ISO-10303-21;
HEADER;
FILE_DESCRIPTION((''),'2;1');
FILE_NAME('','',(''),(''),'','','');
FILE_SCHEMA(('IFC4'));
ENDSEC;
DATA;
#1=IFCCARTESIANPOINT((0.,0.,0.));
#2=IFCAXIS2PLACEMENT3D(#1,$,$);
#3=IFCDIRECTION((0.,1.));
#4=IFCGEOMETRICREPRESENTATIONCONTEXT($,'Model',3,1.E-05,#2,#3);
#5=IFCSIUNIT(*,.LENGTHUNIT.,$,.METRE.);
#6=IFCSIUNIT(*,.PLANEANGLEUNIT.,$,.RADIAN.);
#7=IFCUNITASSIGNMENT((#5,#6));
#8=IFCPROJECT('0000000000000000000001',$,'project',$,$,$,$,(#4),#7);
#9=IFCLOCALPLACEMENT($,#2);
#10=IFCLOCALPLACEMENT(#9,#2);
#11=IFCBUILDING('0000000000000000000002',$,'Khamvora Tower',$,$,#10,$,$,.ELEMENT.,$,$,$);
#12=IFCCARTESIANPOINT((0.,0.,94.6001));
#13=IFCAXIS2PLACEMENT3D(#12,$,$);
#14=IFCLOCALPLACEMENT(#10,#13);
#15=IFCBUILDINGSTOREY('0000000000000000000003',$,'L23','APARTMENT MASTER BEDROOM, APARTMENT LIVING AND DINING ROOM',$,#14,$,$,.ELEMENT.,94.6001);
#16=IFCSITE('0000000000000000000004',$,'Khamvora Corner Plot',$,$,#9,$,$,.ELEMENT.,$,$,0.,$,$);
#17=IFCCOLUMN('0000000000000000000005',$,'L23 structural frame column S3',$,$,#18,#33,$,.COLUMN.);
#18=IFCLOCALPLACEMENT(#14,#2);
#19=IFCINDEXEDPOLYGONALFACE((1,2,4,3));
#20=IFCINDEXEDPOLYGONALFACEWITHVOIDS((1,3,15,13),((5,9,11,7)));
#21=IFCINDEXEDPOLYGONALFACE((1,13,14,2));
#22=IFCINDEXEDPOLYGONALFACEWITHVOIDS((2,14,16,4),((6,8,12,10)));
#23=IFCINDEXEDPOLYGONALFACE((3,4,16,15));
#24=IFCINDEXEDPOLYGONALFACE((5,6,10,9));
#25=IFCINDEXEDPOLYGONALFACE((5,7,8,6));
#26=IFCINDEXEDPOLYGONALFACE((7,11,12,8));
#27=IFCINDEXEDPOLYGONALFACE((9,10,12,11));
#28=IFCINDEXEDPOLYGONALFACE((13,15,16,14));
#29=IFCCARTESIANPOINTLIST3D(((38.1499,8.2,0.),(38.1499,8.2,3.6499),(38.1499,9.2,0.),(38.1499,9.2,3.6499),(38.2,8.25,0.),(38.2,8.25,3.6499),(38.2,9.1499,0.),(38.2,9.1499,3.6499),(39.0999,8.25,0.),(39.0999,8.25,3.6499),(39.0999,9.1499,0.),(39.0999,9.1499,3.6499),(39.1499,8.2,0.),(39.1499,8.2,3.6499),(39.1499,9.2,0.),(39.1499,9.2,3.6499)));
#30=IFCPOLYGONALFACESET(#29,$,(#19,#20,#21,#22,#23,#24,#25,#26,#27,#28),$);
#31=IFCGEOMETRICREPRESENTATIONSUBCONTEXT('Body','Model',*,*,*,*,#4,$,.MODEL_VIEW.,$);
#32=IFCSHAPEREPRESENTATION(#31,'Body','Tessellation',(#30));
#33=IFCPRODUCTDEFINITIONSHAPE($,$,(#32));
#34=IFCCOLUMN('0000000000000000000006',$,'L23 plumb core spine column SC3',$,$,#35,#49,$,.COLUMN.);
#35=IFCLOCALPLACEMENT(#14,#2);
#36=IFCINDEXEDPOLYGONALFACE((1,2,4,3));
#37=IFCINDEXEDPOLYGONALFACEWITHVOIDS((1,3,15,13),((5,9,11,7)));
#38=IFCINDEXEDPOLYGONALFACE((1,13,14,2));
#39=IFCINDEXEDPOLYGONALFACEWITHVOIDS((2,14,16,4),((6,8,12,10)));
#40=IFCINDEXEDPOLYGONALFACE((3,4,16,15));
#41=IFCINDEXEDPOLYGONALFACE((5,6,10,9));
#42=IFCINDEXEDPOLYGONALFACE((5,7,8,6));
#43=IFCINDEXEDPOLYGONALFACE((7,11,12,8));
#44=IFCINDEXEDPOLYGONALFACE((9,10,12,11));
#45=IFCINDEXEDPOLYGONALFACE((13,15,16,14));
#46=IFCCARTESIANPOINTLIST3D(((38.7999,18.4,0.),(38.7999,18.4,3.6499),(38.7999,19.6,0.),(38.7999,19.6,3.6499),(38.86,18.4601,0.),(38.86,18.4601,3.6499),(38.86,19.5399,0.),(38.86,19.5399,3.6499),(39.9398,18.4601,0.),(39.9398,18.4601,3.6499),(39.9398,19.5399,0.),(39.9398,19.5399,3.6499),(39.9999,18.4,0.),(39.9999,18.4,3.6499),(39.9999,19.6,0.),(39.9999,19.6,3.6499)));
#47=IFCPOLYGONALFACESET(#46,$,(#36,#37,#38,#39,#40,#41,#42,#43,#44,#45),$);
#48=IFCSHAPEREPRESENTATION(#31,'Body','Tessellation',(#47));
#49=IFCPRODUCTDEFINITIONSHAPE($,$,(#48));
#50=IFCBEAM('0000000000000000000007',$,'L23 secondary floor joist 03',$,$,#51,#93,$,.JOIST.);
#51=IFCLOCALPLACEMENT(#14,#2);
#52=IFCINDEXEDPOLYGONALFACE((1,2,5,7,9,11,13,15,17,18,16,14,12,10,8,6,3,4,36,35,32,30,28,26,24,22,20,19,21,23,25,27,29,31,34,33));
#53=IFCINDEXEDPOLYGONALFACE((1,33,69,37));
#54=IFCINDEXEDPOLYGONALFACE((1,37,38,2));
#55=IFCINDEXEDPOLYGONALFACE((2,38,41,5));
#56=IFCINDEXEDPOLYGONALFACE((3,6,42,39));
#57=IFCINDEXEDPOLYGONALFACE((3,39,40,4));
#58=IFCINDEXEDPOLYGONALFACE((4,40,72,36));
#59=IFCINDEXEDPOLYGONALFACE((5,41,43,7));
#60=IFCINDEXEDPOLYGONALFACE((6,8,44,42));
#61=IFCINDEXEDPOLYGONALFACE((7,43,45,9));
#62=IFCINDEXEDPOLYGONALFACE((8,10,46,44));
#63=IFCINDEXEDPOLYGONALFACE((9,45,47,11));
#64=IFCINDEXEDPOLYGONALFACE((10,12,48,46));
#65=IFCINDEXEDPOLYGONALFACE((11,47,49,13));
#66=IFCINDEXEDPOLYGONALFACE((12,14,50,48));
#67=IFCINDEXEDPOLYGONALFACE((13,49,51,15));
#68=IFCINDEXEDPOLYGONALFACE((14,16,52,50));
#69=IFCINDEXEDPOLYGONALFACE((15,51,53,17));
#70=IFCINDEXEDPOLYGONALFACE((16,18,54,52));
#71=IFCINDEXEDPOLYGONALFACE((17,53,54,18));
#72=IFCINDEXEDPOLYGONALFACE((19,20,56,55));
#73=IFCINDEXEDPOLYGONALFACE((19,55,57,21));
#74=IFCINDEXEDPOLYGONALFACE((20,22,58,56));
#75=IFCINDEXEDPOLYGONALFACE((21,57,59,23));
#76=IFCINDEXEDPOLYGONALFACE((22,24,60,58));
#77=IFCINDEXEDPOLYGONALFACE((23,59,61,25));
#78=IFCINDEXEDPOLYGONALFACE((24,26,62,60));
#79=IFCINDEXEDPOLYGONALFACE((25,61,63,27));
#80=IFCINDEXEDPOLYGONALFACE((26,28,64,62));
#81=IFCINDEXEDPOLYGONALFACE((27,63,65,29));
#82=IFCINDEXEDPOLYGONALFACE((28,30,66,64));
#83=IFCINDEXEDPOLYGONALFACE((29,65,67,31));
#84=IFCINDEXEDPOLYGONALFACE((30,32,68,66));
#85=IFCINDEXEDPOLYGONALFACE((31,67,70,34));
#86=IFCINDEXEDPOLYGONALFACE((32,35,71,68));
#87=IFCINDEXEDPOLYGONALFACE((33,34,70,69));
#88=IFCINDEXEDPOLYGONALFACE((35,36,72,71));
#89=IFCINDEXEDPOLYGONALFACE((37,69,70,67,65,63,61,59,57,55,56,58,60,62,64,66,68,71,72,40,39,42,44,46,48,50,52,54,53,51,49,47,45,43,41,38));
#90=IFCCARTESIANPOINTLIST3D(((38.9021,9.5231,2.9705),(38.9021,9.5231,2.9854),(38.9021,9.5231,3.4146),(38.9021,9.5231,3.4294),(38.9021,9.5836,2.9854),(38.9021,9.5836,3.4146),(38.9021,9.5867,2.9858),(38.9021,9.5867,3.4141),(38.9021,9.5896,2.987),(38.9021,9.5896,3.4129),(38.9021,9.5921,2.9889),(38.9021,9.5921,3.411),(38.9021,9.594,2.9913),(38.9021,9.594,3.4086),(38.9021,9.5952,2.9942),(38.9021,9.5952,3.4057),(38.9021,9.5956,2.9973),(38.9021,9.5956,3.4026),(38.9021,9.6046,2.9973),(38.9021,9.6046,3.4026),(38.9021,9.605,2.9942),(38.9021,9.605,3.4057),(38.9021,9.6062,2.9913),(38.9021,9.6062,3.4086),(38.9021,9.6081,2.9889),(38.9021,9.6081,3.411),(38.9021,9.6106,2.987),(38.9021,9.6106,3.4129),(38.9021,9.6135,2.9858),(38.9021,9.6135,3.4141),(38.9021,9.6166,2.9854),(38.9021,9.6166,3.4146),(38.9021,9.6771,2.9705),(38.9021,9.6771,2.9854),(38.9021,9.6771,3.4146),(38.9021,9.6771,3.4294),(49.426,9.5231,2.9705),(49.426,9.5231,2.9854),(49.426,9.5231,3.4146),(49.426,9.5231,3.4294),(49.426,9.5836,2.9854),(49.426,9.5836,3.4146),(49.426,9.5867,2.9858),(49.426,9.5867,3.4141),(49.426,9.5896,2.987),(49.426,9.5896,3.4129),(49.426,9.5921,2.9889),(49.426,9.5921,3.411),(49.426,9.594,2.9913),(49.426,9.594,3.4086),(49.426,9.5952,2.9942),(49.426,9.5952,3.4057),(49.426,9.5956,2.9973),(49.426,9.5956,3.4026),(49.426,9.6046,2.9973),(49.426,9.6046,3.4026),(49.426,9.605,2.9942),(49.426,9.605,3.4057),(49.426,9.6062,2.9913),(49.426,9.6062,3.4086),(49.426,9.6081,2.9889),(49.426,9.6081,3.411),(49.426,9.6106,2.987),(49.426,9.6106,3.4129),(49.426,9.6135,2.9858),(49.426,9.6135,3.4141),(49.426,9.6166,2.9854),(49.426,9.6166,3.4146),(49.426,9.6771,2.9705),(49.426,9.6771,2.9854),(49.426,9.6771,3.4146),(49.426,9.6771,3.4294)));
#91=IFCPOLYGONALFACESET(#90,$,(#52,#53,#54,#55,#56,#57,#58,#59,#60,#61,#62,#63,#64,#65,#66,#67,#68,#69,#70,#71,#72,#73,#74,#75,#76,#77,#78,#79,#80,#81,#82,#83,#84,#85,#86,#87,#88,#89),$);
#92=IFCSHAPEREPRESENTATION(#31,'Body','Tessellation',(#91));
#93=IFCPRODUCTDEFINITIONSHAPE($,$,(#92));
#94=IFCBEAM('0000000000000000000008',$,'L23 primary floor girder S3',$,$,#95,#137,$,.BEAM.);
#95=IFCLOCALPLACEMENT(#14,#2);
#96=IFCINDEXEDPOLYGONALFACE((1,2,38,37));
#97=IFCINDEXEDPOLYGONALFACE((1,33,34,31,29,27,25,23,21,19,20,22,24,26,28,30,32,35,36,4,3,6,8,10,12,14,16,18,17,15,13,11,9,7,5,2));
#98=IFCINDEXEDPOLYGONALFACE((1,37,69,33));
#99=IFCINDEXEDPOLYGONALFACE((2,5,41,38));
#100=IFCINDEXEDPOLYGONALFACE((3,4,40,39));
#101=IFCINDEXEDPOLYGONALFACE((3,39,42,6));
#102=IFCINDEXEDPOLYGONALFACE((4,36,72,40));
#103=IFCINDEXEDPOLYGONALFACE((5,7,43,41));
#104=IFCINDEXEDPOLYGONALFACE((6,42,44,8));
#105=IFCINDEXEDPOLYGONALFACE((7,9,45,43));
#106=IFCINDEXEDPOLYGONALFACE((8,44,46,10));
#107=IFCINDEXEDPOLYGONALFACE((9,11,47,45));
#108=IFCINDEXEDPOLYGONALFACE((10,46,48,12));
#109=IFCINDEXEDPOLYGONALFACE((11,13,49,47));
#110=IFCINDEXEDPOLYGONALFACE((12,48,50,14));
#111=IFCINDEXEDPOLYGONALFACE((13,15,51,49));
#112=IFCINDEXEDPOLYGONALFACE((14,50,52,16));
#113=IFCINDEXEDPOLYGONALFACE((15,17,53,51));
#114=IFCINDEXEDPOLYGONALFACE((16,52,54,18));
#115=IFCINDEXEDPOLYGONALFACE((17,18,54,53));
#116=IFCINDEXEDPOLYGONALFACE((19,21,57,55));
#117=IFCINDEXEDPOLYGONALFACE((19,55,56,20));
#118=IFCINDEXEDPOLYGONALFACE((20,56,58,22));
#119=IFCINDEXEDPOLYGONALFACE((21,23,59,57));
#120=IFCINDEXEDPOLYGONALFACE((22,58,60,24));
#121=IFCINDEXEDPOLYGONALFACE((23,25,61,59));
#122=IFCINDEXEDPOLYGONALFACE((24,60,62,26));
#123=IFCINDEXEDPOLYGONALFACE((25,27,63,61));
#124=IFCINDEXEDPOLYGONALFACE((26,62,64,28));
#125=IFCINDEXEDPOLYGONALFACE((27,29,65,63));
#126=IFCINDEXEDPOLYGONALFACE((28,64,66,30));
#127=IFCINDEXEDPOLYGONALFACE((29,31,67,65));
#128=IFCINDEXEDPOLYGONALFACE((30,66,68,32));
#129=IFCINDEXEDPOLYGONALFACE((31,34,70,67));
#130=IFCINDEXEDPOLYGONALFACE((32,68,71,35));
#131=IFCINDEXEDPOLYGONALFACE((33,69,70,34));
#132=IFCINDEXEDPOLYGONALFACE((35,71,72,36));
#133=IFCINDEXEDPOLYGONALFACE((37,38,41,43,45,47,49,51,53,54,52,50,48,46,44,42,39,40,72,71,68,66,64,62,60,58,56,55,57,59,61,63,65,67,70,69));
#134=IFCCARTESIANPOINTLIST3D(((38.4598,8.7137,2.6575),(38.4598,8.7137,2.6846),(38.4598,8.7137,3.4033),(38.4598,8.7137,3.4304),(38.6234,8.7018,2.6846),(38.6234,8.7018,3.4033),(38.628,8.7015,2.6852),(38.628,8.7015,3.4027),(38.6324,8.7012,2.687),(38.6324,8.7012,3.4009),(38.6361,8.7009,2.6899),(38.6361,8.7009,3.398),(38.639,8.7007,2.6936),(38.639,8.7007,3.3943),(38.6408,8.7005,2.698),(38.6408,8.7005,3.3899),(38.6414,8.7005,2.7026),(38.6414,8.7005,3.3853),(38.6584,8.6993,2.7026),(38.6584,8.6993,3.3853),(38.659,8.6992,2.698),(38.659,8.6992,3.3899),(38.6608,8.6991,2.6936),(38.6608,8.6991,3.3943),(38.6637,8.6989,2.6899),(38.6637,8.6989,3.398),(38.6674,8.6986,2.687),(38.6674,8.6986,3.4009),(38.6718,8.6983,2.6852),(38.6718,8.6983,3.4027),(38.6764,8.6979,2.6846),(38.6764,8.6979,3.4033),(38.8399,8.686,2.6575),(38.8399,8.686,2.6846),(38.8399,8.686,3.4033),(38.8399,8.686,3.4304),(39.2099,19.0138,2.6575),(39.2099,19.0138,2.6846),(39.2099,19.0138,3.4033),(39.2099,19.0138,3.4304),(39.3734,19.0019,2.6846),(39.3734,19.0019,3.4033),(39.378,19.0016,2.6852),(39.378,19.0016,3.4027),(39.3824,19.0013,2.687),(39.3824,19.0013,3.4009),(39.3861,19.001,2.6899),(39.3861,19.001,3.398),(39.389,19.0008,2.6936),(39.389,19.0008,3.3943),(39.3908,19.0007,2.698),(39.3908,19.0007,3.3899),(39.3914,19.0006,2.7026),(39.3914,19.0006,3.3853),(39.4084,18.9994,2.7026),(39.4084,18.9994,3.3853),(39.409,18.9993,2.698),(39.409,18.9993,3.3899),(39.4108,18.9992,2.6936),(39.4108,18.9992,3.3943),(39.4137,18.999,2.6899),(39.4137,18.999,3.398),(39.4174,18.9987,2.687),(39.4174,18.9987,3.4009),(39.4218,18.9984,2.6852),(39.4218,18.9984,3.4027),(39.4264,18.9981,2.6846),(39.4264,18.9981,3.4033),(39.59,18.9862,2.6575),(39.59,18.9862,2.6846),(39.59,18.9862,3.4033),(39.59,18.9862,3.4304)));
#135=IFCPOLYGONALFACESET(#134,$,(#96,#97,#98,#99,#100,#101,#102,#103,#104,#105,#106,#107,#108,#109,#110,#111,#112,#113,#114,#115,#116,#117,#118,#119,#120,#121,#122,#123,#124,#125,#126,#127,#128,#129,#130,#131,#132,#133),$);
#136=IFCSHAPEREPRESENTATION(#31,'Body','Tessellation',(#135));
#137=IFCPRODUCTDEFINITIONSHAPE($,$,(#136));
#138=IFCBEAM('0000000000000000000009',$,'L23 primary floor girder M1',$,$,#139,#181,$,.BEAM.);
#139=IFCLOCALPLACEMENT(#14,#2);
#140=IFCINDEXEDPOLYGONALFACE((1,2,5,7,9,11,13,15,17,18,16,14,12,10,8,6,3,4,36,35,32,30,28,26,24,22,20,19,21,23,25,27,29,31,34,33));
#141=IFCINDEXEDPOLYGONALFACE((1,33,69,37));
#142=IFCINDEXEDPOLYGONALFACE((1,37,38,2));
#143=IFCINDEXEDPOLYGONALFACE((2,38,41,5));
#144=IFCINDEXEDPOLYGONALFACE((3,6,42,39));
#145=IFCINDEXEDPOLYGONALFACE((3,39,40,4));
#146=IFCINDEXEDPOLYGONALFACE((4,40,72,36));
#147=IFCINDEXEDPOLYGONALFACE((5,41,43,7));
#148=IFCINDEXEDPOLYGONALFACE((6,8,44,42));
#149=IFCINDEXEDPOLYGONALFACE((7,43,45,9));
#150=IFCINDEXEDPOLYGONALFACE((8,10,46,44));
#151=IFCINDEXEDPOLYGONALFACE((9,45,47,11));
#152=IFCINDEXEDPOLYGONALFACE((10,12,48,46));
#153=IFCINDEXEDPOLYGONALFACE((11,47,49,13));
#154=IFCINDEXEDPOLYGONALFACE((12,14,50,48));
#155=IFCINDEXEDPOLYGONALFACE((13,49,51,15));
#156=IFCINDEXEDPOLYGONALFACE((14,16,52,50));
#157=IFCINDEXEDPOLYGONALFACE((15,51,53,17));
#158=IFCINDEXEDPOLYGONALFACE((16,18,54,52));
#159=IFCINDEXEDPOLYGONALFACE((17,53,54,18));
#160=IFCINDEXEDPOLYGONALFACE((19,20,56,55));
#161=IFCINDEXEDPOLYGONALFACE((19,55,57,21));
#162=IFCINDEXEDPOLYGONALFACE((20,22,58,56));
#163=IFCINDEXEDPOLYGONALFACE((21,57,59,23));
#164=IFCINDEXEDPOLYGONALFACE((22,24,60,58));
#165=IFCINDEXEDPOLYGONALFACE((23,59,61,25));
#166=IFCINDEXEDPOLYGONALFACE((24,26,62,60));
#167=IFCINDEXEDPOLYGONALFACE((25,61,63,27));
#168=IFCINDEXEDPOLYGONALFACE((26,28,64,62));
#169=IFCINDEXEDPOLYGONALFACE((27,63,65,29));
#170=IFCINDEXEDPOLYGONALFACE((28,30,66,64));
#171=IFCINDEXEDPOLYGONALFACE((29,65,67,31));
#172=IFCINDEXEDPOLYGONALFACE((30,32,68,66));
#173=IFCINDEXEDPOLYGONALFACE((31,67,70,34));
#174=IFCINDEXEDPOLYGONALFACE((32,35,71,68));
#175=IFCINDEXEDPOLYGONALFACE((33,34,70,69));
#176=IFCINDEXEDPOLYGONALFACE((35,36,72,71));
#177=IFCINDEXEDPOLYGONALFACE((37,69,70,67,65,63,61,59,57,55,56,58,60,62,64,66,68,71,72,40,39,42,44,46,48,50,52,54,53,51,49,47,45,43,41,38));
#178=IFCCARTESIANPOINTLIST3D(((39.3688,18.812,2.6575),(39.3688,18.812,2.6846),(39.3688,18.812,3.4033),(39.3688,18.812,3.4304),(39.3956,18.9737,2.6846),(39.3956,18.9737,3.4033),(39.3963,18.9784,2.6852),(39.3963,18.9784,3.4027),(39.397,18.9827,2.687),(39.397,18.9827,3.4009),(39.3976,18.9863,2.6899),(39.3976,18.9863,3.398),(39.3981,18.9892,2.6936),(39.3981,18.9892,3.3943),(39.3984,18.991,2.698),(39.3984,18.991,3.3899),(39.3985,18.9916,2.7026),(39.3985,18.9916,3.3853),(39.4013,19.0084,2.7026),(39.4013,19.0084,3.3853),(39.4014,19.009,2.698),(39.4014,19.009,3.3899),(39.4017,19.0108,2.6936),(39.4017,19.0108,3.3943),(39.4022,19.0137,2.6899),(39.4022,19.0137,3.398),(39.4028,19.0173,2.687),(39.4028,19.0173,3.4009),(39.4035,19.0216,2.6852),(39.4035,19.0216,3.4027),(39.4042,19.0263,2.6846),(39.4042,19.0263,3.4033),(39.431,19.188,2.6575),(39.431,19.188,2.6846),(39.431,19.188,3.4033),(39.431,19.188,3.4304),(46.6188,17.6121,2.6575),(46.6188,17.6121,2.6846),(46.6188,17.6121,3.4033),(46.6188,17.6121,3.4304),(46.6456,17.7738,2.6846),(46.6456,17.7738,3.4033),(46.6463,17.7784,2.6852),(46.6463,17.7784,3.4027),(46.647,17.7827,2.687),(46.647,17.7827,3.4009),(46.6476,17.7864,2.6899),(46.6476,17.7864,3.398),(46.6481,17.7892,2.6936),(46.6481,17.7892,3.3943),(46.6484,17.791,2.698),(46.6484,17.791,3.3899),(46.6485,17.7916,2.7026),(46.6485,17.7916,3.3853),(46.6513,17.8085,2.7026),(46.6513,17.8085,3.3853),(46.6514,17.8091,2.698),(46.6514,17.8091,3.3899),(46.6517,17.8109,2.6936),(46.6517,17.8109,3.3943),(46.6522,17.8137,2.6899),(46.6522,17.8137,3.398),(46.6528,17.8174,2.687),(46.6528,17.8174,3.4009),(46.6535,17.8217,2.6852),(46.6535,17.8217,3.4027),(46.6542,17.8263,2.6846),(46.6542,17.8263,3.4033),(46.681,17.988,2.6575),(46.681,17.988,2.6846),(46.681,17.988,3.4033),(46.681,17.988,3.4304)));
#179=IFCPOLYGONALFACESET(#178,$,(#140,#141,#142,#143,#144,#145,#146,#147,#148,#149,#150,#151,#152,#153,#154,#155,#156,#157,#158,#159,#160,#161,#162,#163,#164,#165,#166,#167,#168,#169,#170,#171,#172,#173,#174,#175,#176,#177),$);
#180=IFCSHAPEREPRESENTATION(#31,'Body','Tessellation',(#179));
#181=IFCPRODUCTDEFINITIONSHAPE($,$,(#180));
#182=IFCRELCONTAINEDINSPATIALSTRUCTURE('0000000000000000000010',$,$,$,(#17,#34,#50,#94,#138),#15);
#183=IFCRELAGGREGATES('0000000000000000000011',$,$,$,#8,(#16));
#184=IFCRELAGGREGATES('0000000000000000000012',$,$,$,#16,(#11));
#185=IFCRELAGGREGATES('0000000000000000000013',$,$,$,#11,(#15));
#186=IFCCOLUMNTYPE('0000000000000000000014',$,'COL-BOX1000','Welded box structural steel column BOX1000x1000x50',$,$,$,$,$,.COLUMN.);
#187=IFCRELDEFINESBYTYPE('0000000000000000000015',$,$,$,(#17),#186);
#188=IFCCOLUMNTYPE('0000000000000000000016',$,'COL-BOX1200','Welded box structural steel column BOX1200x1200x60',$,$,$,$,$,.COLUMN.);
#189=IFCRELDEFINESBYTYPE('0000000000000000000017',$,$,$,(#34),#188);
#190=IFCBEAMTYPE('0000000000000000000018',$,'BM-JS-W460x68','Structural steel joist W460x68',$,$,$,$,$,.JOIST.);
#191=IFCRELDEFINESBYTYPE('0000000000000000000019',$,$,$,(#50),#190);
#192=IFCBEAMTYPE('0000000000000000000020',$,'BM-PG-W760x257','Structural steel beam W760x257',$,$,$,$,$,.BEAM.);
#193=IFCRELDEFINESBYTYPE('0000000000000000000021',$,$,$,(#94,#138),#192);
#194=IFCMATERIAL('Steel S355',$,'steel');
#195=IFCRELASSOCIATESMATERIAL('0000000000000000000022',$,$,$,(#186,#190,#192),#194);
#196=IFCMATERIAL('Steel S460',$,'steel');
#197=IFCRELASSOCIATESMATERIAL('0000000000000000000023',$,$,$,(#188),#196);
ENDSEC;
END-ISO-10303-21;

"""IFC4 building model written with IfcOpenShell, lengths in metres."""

from ifc_helpers import new_model, si_unit, direction, frame, origin, origin_2d, place, context, subcontext, project, spatial, hollow_rectangle, i_section, extrude, material, material_profile, profile_set, type_object, element, save


model = new_model("IFC4")

# Units and contexts
model_context = context("Model", 3, precision=1e-05, world=origin(), true_north=direction((0.0, 1.0)))
body_context = subcontext(model_context, "Body", "Model", "MODEL_VIEW")
ifc_project = project(units=[si_unit("LENGTHUNIT", "METRE"), si_unit("PLANEANGLEUNIT", "RADIAN")], contexts=[model_context])

# Site, building, storey
site_placement = place(None, origin())
site = spatial("IfcSite", under=ifc_project, at=site_placement, Name="Khamvora Corner Plot", CompositionType="ELEMENT", RefElevation=0.0)
building_placement = place(site_placement, origin())
building = spatial("IfcBuilding", under=site, at=building_placement, Name="Khamvora Tower", CompositionType="ELEMENT")
storey_placement = place(building_placement, frame((0.0, 0.0, 94.6001)))
storey = spatial("IfcBuildingStorey", under=building, at=storey_placement, Name="L23", Description="APARTMENT MASTER BEDROOM, APARTMENT LIVING AND DINING ROOM", CompositionType="ELEMENT", Elevation=94.6001)

# Columns
ifc_material_1 = material(Name="Steel S355", Category="steel")
ifc_material_profile_1 = material_profile(ifc_material_1, hollow_rectangle(XDim=1.0, YDim=1.0, WallThickness=0.05, at=origin_2d()), Name="BOX1000x1000x50")
ifc_profile_set_1 = profile_set([ifc_material_profile_1], Name="Steel S355")
column_type_1 = type_object("IfcColumnType", Name="COL-BOX1000", Description="Welded box structural steel column BOX1000x1000x50", PredefinedType="COLUMN", material=ifc_profile_set_1)
column_1_placement = place(storey_placement, frame((38.6499, 8.7, 0.0), z_axis=(0.0, 0.0, 1.0), x_axis=(1.0, 0.0, 0.0)))
element("IfcColumn", 1, at=column_1_placement, inside=storey, type_object=column_type_1, Name="L23 structural frame column S3", PredefinedType="COLUMN", context=body_context, shape_type="SweptSolid", body=[
    extrude(hollow_rectangle(XDim=1.0, YDim=1.0, WallThickness=0.05, at=origin_2d()), origin(), (0.0, 0.0, 1.0), 3.6499),
])
ifc_material_2 = material(Name="Steel S460", Category="steel")
ifc_material_profile_2 = material_profile(ifc_material_2, hollow_rectangle(XDim=1.2, YDim=1.2, WallThickness=0.0601, at=origin_2d()), Name="BOX1200x1200x60")
ifc_profile_set_2 = profile_set([ifc_material_profile_2], Name="Steel S460")
column_type_2 = type_object("IfcColumnType", Name="COL-BOX1200", Description="Welded box structural steel column BOX1200x1200x60", PredefinedType="COLUMN", material=ifc_profile_set_2)
column_2_placement = place(storey_placement, frame((39.3999, 19.0, 0.0), z_axis=(0.0, 0.0, 1.0), x_axis=(1.0, 0.0, 0.0)))
element("IfcColumn", 2, at=column_2_placement, inside=storey, type_object=column_type_2, Name="L23 plumb core spine column SC3", PredefinedType="COLUMN", context=body_context, shape_type="SweptSolid", body=[
    extrude(hollow_rectangle(XDim=1.2, YDim=1.2, WallThickness=0.0601, at=origin_2d()), origin(), (0.0, 0.0, 1.0), 3.6499),
])

# Beams
ifc_material_profile_3 = material_profile(ifc_material_1, i_section(OverallWidth=0.1541, OverallDepth=0.459, WebThickness=0.009, FlangeThickness=0.0149, FilletRadius=0.012, at=origin_2d()), Name="W460x68")
ifc_profile_set_3 = profile_set([ifc_material_profile_3], Name="Steel S355")
beam_type_1 = type_object("IfcBeamType", Name="BM-JS-W460x68", Description="Structural steel joist W460x68", PredefinedType="JOIST", material=ifc_profile_set_3)
beam_1_placement = place(storey_placement, frame((38.9021, 9.6001, 3.2), z_axis=(1.0, 0.0, 0.0), x_axis=(0.0, 1.0, 0.0)))
element("IfcBeam", 3, at=beam_1_placement, inside=storey, type_object=beam_type_1, Name="L23 secondary floor joist 03", PredefinedType="JOIST", context=body_context, shape_type="SweptSolid", body=[
    extrude(i_section(OverallWidth=0.1541, OverallDepth=0.459, WebThickness=0.009, FlangeThickness=0.0149, FilletRadius=0.012, at=origin_2d()), origin(), (0.0, 0.0, 1.0), 10.5239),
])
ifc_material_profile_4 = material_profile(ifc_material_1, i_section(OverallWidth=0.3811, OverallDepth=0.7729, WebThickness=0.0171, FlangeThickness=0.0271, FilletRadius=0.0181, at=origin_2d()), Name="W760x257")
ifc_profile_set_4 = profile_set([ifc_material_profile_4], Name="Steel S355")
beam_type_2 = type_object("IfcBeamType", Name="BM-PG-W760x257", Description="Structural steel beam W760x257", PredefinedType="BEAM", material=ifc_profile_set_4)
beam_2_placement = place(storey_placement, frame((39.3999, 19.0, 3.0439), z_axis=(-0.072623, -0.997359, 0.0), x_axis=(0.997359, -0.072623, 0.0)))
element("IfcBeam", 4, at=beam_2_placement, inside=storey, type_object=beam_type_2, Name="L23 primary floor girder S3", PredefinedType="BEAM", context=body_context, shape_type="SweptSolid", body=[
    extrude(i_section(OverallWidth=0.3811, OverallDepth=0.7729, WebThickness=0.0171, FlangeThickness=0.0271, FilletRadius=0.0181, at=origin_2d()), origin(), (0.0, 0.0, 1.0), 10.3274),
])
beam_3_placement = place(storey_placement, frame((39.3999, 19.0, 3.0439), z_axis=(0.986578, -0.163289, 0.0), x_axis=(0.163289, 0.986578, 0.0)))
element("IfcBeam", 5, at=beam_3_placement, inside=storey, type_object=beam_type_2, Name="L23 primary floor girder M1", PredefinedType="BEAM", context=body_context, shape_type="SweptSolid", body=[
    extrude(i_section(OverallWidth=0.3811, OverallDepth=0.7729, WebThickness=0.0171, FlangeThickness=0.0271, FilletRadius=0.0181, at=origin_2d()), origin(), (0.0, 0.0, 1.0), 7.3486),
])

save(model, "model.ifc")
